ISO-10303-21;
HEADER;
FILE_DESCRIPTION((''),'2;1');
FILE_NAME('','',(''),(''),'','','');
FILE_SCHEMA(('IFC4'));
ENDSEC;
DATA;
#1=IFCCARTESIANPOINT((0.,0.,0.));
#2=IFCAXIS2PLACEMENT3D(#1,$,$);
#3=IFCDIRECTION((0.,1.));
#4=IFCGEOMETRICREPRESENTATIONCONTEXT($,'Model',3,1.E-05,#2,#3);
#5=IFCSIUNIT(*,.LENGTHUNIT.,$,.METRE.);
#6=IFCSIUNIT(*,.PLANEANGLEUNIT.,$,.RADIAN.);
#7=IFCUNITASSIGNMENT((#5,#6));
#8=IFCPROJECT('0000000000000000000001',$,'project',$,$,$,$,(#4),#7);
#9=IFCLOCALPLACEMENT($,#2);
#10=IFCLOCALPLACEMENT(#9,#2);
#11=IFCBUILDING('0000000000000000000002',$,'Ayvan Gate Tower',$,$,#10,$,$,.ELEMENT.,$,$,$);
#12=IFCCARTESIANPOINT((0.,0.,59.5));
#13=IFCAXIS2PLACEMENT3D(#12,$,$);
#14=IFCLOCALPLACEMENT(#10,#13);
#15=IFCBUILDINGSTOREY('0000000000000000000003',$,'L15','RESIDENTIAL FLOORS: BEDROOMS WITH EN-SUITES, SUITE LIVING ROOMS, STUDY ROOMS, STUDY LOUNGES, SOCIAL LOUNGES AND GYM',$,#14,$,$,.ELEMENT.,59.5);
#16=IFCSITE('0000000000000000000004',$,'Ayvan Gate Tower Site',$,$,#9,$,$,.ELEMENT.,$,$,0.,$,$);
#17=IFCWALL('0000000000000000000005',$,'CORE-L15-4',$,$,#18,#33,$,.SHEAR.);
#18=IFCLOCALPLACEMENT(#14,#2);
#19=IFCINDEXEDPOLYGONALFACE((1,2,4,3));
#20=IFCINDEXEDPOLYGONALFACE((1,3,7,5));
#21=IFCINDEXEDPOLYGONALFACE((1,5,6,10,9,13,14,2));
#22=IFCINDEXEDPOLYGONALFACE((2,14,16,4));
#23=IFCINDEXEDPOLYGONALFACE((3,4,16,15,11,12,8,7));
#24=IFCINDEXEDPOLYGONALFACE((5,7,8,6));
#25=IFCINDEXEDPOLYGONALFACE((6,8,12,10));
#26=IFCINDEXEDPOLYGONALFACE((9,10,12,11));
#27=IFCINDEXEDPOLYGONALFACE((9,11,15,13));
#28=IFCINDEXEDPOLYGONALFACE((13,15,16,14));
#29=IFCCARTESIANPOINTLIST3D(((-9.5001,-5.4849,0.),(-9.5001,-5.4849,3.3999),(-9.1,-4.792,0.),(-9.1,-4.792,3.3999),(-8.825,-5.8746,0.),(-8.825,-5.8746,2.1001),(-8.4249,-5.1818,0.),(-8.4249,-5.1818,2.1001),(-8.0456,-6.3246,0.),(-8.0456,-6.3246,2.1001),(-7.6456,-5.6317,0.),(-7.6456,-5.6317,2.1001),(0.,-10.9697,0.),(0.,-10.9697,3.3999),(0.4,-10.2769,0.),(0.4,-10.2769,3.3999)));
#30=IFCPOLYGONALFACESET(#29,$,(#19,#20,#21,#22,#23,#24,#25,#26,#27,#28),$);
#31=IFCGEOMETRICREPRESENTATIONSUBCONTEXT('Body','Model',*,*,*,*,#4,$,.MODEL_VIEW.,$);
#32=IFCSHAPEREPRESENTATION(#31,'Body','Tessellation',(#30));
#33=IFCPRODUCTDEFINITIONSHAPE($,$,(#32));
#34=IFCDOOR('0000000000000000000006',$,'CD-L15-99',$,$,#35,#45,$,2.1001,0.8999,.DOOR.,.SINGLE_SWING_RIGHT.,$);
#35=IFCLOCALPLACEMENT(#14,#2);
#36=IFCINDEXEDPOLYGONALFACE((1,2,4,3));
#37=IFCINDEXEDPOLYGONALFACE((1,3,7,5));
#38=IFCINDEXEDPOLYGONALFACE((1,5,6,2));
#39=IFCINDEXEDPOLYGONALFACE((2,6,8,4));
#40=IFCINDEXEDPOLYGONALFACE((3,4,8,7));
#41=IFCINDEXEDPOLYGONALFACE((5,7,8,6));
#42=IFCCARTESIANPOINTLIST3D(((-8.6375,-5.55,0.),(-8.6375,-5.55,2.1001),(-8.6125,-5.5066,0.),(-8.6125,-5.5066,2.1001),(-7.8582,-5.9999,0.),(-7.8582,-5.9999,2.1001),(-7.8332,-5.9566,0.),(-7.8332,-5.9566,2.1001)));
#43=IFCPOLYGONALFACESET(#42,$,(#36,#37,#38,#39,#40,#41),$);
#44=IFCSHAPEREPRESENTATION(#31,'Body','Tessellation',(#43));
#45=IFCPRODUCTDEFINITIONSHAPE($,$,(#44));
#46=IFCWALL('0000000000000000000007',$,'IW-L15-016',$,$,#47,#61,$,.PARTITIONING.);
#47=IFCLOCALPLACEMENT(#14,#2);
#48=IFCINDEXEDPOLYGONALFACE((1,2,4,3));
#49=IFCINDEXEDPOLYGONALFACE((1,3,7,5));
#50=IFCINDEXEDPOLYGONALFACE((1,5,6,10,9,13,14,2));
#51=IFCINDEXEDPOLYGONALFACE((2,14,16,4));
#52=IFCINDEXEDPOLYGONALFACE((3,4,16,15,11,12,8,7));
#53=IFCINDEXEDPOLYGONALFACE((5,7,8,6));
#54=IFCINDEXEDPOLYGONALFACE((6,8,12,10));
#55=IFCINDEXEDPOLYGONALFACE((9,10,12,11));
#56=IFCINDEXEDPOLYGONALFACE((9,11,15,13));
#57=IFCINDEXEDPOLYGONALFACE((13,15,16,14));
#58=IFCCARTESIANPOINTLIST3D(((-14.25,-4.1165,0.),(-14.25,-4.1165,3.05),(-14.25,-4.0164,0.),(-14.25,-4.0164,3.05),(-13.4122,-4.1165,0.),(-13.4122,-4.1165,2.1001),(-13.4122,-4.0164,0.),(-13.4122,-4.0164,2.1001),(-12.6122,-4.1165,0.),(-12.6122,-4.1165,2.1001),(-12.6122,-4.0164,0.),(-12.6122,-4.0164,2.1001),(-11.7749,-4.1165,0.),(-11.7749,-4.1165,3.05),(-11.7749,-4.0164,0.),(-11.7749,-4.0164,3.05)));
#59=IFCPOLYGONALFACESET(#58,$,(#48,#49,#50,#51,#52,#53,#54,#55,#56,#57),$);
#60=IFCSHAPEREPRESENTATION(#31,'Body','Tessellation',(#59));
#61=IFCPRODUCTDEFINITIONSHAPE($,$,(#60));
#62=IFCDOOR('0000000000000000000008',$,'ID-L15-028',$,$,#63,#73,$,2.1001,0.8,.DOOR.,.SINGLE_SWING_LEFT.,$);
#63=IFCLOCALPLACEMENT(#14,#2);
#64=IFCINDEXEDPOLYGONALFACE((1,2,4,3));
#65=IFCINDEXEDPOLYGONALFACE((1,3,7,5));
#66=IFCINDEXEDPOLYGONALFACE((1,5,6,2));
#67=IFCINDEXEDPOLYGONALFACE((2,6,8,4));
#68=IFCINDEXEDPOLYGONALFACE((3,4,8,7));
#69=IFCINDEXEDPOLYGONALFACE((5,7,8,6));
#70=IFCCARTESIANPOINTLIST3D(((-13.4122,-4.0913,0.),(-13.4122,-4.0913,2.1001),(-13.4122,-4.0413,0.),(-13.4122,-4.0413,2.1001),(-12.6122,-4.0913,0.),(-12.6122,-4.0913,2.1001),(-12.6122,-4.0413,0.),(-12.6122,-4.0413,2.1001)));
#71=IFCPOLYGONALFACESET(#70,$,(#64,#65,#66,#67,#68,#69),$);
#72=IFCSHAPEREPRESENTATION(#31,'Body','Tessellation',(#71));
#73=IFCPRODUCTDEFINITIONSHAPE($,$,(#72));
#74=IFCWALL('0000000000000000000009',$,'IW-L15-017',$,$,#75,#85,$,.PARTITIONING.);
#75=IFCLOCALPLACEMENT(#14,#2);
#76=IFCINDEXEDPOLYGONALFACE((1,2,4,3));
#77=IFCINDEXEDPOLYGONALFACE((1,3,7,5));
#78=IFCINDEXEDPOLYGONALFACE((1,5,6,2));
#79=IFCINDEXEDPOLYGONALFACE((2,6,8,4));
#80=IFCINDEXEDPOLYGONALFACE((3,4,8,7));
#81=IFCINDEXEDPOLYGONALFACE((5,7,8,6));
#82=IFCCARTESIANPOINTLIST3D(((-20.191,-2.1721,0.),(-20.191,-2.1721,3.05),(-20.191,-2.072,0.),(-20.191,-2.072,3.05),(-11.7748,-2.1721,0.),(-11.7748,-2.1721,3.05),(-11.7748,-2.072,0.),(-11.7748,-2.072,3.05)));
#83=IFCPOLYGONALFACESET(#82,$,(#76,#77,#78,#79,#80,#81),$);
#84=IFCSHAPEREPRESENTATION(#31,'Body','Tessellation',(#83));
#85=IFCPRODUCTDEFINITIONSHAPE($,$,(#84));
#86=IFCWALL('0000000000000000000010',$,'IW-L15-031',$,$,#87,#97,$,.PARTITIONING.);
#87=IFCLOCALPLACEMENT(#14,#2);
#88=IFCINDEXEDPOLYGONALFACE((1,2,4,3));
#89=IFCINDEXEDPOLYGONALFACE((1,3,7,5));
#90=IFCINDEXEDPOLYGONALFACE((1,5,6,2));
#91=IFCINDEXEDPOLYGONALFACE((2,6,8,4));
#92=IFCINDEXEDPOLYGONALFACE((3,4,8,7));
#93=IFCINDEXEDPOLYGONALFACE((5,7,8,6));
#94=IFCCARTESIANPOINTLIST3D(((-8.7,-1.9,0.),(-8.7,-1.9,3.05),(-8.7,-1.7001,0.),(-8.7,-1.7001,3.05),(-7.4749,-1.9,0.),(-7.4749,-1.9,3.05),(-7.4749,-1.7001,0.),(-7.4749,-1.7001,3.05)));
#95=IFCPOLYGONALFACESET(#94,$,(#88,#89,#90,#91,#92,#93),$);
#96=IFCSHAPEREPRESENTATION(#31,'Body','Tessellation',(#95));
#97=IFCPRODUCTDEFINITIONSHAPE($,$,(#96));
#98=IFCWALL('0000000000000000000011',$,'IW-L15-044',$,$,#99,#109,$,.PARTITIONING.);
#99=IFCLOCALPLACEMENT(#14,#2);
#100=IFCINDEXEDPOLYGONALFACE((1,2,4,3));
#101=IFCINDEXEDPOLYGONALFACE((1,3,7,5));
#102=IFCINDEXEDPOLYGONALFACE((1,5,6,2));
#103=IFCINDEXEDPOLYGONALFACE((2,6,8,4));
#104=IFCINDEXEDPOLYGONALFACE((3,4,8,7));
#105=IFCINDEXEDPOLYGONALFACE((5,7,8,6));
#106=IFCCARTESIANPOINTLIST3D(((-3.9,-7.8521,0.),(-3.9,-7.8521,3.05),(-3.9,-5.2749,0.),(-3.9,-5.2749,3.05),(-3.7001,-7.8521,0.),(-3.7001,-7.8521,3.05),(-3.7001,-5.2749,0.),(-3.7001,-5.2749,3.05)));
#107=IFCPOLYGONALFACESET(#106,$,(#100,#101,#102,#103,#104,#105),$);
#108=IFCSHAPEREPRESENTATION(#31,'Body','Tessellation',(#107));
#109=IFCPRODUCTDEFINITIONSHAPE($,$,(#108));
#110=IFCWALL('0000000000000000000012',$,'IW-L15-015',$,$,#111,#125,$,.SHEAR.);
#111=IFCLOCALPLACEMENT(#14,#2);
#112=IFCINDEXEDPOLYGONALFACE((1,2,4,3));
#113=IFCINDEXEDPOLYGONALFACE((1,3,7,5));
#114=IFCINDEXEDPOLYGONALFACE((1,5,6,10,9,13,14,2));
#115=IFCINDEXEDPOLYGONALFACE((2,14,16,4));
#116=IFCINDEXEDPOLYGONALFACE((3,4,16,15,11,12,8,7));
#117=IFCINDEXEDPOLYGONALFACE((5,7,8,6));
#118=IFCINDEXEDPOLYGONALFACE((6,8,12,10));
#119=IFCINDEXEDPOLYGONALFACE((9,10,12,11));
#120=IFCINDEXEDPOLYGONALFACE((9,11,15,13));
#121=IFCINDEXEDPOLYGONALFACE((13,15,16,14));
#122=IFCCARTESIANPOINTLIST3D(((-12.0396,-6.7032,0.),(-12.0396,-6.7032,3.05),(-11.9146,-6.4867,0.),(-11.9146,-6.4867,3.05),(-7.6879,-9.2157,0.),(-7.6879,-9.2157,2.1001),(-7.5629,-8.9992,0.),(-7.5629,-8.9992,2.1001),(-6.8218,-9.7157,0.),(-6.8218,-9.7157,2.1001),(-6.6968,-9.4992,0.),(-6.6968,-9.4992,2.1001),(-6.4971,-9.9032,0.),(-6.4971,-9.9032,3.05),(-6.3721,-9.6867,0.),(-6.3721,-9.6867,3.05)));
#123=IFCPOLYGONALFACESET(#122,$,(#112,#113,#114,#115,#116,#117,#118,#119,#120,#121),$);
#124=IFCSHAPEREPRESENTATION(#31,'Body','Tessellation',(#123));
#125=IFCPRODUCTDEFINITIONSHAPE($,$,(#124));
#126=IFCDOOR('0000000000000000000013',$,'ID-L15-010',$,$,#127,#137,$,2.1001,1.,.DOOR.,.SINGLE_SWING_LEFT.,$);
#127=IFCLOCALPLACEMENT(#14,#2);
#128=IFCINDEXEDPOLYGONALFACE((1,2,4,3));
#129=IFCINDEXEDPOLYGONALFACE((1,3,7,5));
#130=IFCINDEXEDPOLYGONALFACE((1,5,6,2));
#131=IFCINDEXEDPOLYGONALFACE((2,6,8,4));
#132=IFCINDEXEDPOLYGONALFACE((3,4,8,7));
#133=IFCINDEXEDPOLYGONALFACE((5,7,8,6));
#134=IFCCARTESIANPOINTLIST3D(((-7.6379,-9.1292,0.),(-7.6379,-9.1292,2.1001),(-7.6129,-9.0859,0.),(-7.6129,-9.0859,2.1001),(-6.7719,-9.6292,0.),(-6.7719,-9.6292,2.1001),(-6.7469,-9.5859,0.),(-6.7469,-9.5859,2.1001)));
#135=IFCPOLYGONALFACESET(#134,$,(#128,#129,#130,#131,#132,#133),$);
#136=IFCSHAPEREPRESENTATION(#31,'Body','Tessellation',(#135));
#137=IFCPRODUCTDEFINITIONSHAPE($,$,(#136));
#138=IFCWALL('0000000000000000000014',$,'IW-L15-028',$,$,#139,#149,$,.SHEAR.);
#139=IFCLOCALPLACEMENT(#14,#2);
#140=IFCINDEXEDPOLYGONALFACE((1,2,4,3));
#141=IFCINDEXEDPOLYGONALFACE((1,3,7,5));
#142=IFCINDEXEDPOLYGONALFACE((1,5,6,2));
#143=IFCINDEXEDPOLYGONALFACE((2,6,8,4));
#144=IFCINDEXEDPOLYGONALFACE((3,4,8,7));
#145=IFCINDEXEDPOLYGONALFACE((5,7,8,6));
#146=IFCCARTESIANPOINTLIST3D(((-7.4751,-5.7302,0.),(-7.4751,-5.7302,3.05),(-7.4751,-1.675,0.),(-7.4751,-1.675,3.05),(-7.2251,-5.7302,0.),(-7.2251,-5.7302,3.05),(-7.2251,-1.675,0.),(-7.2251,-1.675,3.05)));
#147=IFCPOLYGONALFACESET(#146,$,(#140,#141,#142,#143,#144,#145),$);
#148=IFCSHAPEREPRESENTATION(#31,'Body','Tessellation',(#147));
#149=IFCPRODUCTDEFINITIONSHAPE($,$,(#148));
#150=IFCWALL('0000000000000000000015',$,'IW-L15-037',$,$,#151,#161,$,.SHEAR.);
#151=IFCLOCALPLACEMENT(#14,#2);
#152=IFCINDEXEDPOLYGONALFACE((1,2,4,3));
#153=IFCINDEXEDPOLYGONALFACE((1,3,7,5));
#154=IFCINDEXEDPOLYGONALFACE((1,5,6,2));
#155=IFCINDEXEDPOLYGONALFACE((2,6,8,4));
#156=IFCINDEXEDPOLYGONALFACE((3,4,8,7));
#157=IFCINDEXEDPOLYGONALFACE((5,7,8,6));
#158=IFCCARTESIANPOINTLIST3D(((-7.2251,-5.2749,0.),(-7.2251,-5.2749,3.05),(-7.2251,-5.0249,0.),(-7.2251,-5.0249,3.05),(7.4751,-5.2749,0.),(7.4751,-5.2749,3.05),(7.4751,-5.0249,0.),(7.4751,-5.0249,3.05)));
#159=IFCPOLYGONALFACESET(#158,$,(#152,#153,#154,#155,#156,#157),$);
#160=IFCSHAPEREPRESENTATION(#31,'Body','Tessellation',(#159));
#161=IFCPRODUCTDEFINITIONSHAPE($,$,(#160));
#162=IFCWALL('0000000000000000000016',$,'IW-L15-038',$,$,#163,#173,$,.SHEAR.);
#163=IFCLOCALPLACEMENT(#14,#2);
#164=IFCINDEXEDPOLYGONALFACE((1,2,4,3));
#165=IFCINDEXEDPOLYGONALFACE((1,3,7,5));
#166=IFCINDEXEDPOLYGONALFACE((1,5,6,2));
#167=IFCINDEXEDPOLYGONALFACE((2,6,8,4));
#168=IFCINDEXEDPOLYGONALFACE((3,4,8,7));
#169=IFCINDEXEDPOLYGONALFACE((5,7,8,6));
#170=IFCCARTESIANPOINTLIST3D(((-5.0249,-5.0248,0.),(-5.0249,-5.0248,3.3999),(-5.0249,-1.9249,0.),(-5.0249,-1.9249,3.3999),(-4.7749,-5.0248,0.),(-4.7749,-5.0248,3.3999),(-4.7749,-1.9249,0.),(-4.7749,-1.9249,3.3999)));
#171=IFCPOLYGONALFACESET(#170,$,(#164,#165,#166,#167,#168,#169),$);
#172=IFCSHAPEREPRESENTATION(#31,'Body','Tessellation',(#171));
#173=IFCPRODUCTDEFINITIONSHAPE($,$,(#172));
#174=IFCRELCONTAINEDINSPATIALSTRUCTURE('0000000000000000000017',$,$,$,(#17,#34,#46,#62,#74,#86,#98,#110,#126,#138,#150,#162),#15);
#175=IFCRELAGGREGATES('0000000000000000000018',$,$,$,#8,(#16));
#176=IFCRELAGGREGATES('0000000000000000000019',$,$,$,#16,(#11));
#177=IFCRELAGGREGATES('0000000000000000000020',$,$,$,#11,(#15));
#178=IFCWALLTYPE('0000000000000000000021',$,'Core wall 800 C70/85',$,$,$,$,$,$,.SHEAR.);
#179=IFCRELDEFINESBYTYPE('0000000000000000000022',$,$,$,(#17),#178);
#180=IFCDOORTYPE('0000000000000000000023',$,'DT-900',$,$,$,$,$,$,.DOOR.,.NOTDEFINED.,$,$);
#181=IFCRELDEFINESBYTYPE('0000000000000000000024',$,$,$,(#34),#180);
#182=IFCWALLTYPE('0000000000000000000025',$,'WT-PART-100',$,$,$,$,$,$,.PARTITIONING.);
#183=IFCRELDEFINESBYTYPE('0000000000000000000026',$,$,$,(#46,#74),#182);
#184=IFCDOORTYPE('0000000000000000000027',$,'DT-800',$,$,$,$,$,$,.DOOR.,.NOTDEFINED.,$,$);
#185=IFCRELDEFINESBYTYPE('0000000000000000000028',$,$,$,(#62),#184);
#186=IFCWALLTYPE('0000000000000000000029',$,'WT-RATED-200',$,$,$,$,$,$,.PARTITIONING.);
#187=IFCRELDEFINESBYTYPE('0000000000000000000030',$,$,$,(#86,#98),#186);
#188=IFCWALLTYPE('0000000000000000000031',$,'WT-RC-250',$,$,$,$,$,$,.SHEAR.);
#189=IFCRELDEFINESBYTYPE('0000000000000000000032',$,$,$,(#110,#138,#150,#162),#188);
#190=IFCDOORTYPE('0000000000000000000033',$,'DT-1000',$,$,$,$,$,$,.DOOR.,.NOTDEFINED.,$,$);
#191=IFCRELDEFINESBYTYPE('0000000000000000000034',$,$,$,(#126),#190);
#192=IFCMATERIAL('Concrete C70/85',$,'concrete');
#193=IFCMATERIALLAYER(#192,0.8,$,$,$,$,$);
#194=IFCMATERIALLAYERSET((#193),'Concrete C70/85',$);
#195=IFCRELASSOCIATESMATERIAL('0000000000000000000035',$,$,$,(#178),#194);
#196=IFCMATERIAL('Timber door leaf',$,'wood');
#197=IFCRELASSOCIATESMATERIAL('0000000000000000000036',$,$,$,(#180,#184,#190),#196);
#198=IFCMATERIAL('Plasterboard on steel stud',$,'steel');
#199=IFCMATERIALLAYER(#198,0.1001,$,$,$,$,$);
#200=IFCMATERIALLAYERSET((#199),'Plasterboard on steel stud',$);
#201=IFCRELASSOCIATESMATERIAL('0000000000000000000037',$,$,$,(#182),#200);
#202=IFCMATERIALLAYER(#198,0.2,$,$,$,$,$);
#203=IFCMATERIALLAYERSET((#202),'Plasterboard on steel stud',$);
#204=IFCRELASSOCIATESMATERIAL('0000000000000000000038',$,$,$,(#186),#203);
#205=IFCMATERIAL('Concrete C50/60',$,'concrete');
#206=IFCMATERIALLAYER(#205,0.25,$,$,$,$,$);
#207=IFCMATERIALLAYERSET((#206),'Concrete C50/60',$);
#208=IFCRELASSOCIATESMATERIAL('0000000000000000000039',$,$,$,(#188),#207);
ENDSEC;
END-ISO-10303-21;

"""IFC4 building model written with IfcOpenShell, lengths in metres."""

from ifc_helpers import new_model, si_unit, direction, frame, frame_2d, origin, place, context, subcontext, project, spatial, rectangle, extrude, material, layer, layer_set, type_object, element, fill, save


model = new_model("IFC4")

# Units and contexts
model_context = context("Model", 3, precision=1e-05, world=origin(), true_north=direction((0.0, 1.0)))
body_context = subcontext(model_context, "Body", "Model", "MODEL_VIEW")
ifc_project = project(units=[si_unit("LENGTHUNIT", "METRE"), si_unit("PLANEANGLEUNIT", "RADIAN")], contexts=[model_context])

# Site, building, storey
site_placement = place(None, origin())
site = spatial("IfcSite", under=ifc_project, at=site_placement, Name="Ayvan Gate Tower Site", CompositionType="ELEMENT", RefElevation=0.0)
building_placement = place(site_placement, origin())
building = spatial("IfcBuilding", under=site, at=building_placement, Name="Ayvan Gate Tower", CompositionType="ELEMENT")
storey_placement = place(building_placement, frame((0.0, 0.0, 59.5)))
storey = spatial("IfcBuildingStorey", under=building, at=storey_placement, Name="L15", Description="RESIDENTIAL FLOORS: BEDROOMS WITH EN-SUITES, SUITE LIVING ROOMS, STUDY ROOMS, STUDY LOUNGES, SOCIAL LOUNGES AND GYM", CompositionType="ELEMENT", Elevation=59.5)

# Walls, openings, doors
ifc_material_1 = material(Name="Concrete C70/85", Category="concrete")
ifc_layer_1 = layer(ifc_material_1, 0.8)
ifc_layer_set_1 = layer_set([ifc_layer_1], Name="Concrete C70/85")
wall_type_1 = type_object("IfcWallType", Name="Core wall 800 C70/85", PredefinedType="SHEAR", material=ifc_layer_set_1)
wall_1_placement = place(storey_placement, frame((-9.3, -5.1384, 0.0), z_axis=(0.0, 0.0, 1.0), x_axis=(0.866024, -0.500002, 0.0)))
wall_1 = element("IfcWall", 1, at=wall_1_placement, inside=storey, type_object=wall_type_1, Name="CORE-L15-4", PredefinedType="SHEAR", context=body_context, shape_type="SweptSolid", body=[
    extrude(rectangle(XDim=10.9697, YDim=0.8, at=frame_2d((5.4849, 0.0))), origin(), (0.0, 0.0, 1.0), 3.3999),
])
opening_1_placement = place(wall_1_placement, frame((0.7795, 0.0, 0.0)))
opening_1 = element("IfcOpeningElement", 2, at=opening_1_placement, cuts=wall_1, PredefinedType="OPENING", context=body_context, shape_type="SweptSolid", body=[
    extrude(rectangle(XDim=0.8999, YDim=2.1001, at=frame_2d((0.45, 1.05))), frame((0.0, 0.4099, 0.0), z_axis=(0.0, -1.0, 0.0), x_axis=(1.0, 0.0, 0.0)), (0.0, 0.0, 1.0), 0.8201),
])
ifc_material_2 = material(Name="Timber door leaf", Category="wood")
door_type_1 = type_object("IfcDoorType", Name="DT-900", OperationType="NOTDEFINED", PredefinedType="DOOR", material=ifc_material_2)
door_1_placement = place(opening_1_placement, origin())
door_1 = element("IfcDoor", 3, at=door_1_placement, inside=storey, type_object=door_type_1, Name="CD-L15-99", OperationType="SINGLE_SWING_RIGHT", OverallHeight=2.1001, OverallWidth=0.8999, PredefinedType="DOOR", context=body_context, shape_type="SweptSolid", body=[
    extrude(rectangle(XDim=0.8999, YDim=2.1001, at=frame_2d((0.45, 1.05))), frame((0.0, 0.0249, 0.0), z_axis=(0.0, -1.0, 0.0), x_axis=(1.0, 0.0, 0.0)), (0.0, 0.0, 1.0), 0.05),
])
fill(opening_1, door_1)
ifc_material_3 = material(Name="Plasterboard on steel stud", Category="steel")
ifc_layer_2 = layer(ifc_material_3, 0.1001)
ifc_layer_set_2 = layer_set([ifc_layer_2], Name="Plasterboard on steel stud")
wall_type_2 = type_object("IfcWallType", Name="WT-PART-100", PredefinedType="PARTITIONING", material=ifc_layer_set_2)
wall_2_placement = place(storey_placement, frame((-11.7749, -4.0664, 0.0), z_axis=(0.0, 0.0, 1.0), x_axis=(-1.0, 0.0, 0.0)))
wall_2 = element("IfcWall", 4, at=wall_2_placement, inside=storey, type_object=wall_type_2, Name="IW-L15-016", PredefinedType="PARTITIONING", context=body_context, shape_type="SweptSolid", body=[
    extrude(rectangle(XDim=2.4751, YDim=0.1001, at=frame_2d((1.2375, 0.0))), origin(), (0.0, 0.0, 1.0), 3.05),
])
opening_2_placement = place(wall_2_placement, frame((0.8374, 0.0, 0.0)))
opening_2 = element("IfcOpeningElement", 5, at=opening_2_placement, cuts=wall_2, PredefinedType="OPENING", context=body_context, shape_type="SweptSolid", body=[
    extrude(rectangle(XDim=0.8, YDim=2.1001, at=frame_2d((0.3999, 1.05))), frame((0.0, 0.0601, 0.0), z_axis=(0.0, -1.0, 0.0), x_axis=(1.0, 0.0, 0.0)), (0.0, 0.0, 1.0), 0.1201),
])
door_type_2 = type_object("IfcDoorType", Name="DT-800", OperationType="NOTDEFINED", PredefinedType="DOOR", material=ifc_material_2)
door_2_placement = place(opening_2_placement, origin())
door_2 = element("IfcDoor", 6, at=door_2_placement, inside=storey, type_object=door_type_2, Name="ID-L15-028", OperationType="SINGLE_SWING_LEFT", OverallHeight=2.1001, OverallWidth=0.8, PredefinedType="DOOR", context=body_context, shape_type="SweptSolid", body=[
    extrude(rectangle(XDim=0.8, YDim=2.1001, at=frame_2d((0.3999, 1.05))), frame((0.0, 0.0249, 0.0), z_axis=(0.0, -1.0, 0.0), x_axis=(1.0, 0.0, 0.0)), (0.0, 0.0, 1.0), 0.05),
])
fill(opening_2, door_2)

# Walls
wall_3_placement = place(storey_placement, frame((-11.7749, -2.1221, 0.0), z_axis=(0.0, 0.0, 1.0), x_axis=(-1.0, 0.0, 0.0)))
element("IfcWall", 7, at=wall_3_placement, inside=storey, type_object=wall_type_2, Name="IW-L15-017", PredefinedType="PARTITIONING", context=body_context, shape_type="SweptSolid", body=[
    extrude(rectangle(XDim=8.4163, YDim=0.1001, at=frame_2d((4.208, 0.0))), origin(), (0.0, 0.0, 1.0), 3.05),
])
ifc_layer_3 = layer(ifc_material_3, 0.2)
ifc_layer_set_3 = layer_set([ifc_layer_3], Name="Plasterboard on steel stud")
wall_type_3 = type_object("IfcWallType", Name="WT-RATED-200", PredefinedType="PARTITIONING", material=ifc_layer_set_3)
wall_4_placement = place(storey_placement, frame((-7.4749, -1.8, 0.0), z_axis=(0.0, 0.0, 1.0), x_axis=(-1.0, 0.0, 0.0)))
element("IfcWall", 8, at=wall_4_placement, inside=storey, type_object=wall_type_3, Name="IW-L15-031", PredefinedType="PARTITIONING", context=body_context, shape_type="SweptSolid", body=[
    extrude(rectangle(XDim=1.2251, YDim=0.2, at=frame_2d((0.6125, 0.0))), origin(), (0.0, 0.0, 1.0), 3.05),
])
wall_5_placement = place(storey_placement, frame((-3.8, -5.2749, 0.0), z_axis=(0.0, 0.0, 1.0), x_axis=(0.0, -1.0, 0.0)))
element("IfcWall", 9, at=wall_5_placement, inside=storey, type_object=wall_type_3, Name="IW-L15-044", PredefinedType="PARTITIONING", context=body_context, shape_type="SweptSolid", body=[
    extrude(rectangle(XDim=2.5771, YDim=0.2, at=frame_2d((1.2886, 0.0))), origin(), (0.0, 0.0, 1.0), 3.05),
])

# Wall, opening, door
ifc_material_4 = material(Name="Concrete C50/60", Category="concrete")
ifc_layer_4 = layer(ifc_material_4, 0.25)
ifc_layer_set_4 = layer_set([ifc_layer_4], Name="Concrete C50/60")
wall_type_4 = type_object("IfcWallType", Name="WT-RC-250", PredefinedType="SHEAR", material=ifc_layer_set_4)
wall_6_placement = place(storey_placement, frame((-11.9771, -6.595, 0.0), z_axis=(0.0, 0.0, 1.0), x_axis=(0.866025, -0.5, 0.0)))
wall_6 = element("IfcWall", 10, at=wall_6_placement, inside=storey, type_object=wall_type_4, Name="IW-L15-015", PredefinedType="SHEAR", context=body_context, shape_type="SweptSolid", body=[
    extrude(rectangle(XDim=6.3999, YDim=0.25, at=frame_2d((3.2, 0.0))), origin(), (0.0, 0.0, 1.0), 3.05),
])
opening_3_placement = place(wall_6_placement, frame((5.0249, 0.0, 0.0)))
opening_3 = element("IfcOpeningElement", 11, at=opening_3_placement, cuts=wall_6, PredefinedType="OPENING", context=body_context, shape_type="SweptSolid", body=[
    extrude(rectangle(XDim=1.0, YDim=2.1001, at=frame_2d((0.5, 1.05))), frame((0.0, 0.135, 0.0), z_axis=(0.0, -1.0, 0.0), x_axis=(1.0, 0.0, 0.0)), (0.0, 0.0, 1.0), 0.27),
])
door_type_3 = type_object("IfcDoorType", Name="DT-1000", OperationType="NOTDEFINED", PredefinedType="DOOR", material=ifc_material_2)
door_3_placement = place(opening_3_placement, origin())
door_3 = element("IfcDoor", 12, at=door_3_placement, inside=storey, type_object=door_type_3, Name="ID-L15-010", OperationType="SINGLE_SWING_LEFT", OverallHeight=2.1001, OverallWidth=1.0, PredefinedType="DOOR", context=body_context, shape_type="SweptSolid", body=[
    extrude(rectangle(XDim=1.0, YDim=2.1001, at=frame_2d((0.5, 1.05))), frame((0.0, 0.0249, 0.0), z_axis=(0.0, -1.0, 0.0), x_axis=(1.0, 0.0, 0.0)), (0.0, 0.0, 1.0), 0.05),
])
fill(opening_3, door_3)

# Walls
wall_7_placement = place(storey_placement, frame((-7.3501, -5.7302, 0.0), z_axis=(0.0, 0.0, 1.0), x_axis=(0.0, 1.0, 0.0)))
element("IfcWall", 13, at=wall_7_placement, inside=storey, type_object=wall_type_4, Name="IW-L15-028", PredefinedType="SHEAR", context=body_context, shape_type="SweptSolid", body=[
    extrude(rectangle(XDim=4.0552, YDim=0.25, at=frame_2d((2.0276, 0.0))), origin(), (0.0, 0.0, 1.0), 3.05),
])
wall_8_placement = place(storey_placement, frame((-7.2251, -5.1499, 0.0), z_axis=(0.0, 0.0, 1.0), x_axis=(1.0, 0.0, 0.0)))
element("IfcWall", 14, at=wall_8_placement, inside=storey, type_object=wall_type_4, Name="IW-L15-037", PredefinedType="SHEAR", context=body_context, shape_type="SweptSolid", body=[
    extrude(rectangle(XDim=14.7002, YDim=0.25, at=frame_2d((7.3501, 0.0))), origin(), (0.0, 0.0, 1.0), 3.05),
])
wall_9_placement = place(storey_placement, frame((-4.8999, -1.925, 0.0), z_axis=(0.0, 0.0, 1.0), x_axis=(0.0, -1.0, 0.0)))
element("IfcWall", 15, at=wall_9_placement, inside=storey, type_object=wall_type_4, Name="IW-L15-038", PredefinedType="SHEAR", context=body_context, shape_type="SweptSolid", body=[
    extrude(rectangle(XDim=3.0999, YDim=0.25, at=frame_2d((1.5498, 0.0))), origin(), (0.0, 0.0, 1.0), 3.3999),
])

save(model, "model.ifc")
